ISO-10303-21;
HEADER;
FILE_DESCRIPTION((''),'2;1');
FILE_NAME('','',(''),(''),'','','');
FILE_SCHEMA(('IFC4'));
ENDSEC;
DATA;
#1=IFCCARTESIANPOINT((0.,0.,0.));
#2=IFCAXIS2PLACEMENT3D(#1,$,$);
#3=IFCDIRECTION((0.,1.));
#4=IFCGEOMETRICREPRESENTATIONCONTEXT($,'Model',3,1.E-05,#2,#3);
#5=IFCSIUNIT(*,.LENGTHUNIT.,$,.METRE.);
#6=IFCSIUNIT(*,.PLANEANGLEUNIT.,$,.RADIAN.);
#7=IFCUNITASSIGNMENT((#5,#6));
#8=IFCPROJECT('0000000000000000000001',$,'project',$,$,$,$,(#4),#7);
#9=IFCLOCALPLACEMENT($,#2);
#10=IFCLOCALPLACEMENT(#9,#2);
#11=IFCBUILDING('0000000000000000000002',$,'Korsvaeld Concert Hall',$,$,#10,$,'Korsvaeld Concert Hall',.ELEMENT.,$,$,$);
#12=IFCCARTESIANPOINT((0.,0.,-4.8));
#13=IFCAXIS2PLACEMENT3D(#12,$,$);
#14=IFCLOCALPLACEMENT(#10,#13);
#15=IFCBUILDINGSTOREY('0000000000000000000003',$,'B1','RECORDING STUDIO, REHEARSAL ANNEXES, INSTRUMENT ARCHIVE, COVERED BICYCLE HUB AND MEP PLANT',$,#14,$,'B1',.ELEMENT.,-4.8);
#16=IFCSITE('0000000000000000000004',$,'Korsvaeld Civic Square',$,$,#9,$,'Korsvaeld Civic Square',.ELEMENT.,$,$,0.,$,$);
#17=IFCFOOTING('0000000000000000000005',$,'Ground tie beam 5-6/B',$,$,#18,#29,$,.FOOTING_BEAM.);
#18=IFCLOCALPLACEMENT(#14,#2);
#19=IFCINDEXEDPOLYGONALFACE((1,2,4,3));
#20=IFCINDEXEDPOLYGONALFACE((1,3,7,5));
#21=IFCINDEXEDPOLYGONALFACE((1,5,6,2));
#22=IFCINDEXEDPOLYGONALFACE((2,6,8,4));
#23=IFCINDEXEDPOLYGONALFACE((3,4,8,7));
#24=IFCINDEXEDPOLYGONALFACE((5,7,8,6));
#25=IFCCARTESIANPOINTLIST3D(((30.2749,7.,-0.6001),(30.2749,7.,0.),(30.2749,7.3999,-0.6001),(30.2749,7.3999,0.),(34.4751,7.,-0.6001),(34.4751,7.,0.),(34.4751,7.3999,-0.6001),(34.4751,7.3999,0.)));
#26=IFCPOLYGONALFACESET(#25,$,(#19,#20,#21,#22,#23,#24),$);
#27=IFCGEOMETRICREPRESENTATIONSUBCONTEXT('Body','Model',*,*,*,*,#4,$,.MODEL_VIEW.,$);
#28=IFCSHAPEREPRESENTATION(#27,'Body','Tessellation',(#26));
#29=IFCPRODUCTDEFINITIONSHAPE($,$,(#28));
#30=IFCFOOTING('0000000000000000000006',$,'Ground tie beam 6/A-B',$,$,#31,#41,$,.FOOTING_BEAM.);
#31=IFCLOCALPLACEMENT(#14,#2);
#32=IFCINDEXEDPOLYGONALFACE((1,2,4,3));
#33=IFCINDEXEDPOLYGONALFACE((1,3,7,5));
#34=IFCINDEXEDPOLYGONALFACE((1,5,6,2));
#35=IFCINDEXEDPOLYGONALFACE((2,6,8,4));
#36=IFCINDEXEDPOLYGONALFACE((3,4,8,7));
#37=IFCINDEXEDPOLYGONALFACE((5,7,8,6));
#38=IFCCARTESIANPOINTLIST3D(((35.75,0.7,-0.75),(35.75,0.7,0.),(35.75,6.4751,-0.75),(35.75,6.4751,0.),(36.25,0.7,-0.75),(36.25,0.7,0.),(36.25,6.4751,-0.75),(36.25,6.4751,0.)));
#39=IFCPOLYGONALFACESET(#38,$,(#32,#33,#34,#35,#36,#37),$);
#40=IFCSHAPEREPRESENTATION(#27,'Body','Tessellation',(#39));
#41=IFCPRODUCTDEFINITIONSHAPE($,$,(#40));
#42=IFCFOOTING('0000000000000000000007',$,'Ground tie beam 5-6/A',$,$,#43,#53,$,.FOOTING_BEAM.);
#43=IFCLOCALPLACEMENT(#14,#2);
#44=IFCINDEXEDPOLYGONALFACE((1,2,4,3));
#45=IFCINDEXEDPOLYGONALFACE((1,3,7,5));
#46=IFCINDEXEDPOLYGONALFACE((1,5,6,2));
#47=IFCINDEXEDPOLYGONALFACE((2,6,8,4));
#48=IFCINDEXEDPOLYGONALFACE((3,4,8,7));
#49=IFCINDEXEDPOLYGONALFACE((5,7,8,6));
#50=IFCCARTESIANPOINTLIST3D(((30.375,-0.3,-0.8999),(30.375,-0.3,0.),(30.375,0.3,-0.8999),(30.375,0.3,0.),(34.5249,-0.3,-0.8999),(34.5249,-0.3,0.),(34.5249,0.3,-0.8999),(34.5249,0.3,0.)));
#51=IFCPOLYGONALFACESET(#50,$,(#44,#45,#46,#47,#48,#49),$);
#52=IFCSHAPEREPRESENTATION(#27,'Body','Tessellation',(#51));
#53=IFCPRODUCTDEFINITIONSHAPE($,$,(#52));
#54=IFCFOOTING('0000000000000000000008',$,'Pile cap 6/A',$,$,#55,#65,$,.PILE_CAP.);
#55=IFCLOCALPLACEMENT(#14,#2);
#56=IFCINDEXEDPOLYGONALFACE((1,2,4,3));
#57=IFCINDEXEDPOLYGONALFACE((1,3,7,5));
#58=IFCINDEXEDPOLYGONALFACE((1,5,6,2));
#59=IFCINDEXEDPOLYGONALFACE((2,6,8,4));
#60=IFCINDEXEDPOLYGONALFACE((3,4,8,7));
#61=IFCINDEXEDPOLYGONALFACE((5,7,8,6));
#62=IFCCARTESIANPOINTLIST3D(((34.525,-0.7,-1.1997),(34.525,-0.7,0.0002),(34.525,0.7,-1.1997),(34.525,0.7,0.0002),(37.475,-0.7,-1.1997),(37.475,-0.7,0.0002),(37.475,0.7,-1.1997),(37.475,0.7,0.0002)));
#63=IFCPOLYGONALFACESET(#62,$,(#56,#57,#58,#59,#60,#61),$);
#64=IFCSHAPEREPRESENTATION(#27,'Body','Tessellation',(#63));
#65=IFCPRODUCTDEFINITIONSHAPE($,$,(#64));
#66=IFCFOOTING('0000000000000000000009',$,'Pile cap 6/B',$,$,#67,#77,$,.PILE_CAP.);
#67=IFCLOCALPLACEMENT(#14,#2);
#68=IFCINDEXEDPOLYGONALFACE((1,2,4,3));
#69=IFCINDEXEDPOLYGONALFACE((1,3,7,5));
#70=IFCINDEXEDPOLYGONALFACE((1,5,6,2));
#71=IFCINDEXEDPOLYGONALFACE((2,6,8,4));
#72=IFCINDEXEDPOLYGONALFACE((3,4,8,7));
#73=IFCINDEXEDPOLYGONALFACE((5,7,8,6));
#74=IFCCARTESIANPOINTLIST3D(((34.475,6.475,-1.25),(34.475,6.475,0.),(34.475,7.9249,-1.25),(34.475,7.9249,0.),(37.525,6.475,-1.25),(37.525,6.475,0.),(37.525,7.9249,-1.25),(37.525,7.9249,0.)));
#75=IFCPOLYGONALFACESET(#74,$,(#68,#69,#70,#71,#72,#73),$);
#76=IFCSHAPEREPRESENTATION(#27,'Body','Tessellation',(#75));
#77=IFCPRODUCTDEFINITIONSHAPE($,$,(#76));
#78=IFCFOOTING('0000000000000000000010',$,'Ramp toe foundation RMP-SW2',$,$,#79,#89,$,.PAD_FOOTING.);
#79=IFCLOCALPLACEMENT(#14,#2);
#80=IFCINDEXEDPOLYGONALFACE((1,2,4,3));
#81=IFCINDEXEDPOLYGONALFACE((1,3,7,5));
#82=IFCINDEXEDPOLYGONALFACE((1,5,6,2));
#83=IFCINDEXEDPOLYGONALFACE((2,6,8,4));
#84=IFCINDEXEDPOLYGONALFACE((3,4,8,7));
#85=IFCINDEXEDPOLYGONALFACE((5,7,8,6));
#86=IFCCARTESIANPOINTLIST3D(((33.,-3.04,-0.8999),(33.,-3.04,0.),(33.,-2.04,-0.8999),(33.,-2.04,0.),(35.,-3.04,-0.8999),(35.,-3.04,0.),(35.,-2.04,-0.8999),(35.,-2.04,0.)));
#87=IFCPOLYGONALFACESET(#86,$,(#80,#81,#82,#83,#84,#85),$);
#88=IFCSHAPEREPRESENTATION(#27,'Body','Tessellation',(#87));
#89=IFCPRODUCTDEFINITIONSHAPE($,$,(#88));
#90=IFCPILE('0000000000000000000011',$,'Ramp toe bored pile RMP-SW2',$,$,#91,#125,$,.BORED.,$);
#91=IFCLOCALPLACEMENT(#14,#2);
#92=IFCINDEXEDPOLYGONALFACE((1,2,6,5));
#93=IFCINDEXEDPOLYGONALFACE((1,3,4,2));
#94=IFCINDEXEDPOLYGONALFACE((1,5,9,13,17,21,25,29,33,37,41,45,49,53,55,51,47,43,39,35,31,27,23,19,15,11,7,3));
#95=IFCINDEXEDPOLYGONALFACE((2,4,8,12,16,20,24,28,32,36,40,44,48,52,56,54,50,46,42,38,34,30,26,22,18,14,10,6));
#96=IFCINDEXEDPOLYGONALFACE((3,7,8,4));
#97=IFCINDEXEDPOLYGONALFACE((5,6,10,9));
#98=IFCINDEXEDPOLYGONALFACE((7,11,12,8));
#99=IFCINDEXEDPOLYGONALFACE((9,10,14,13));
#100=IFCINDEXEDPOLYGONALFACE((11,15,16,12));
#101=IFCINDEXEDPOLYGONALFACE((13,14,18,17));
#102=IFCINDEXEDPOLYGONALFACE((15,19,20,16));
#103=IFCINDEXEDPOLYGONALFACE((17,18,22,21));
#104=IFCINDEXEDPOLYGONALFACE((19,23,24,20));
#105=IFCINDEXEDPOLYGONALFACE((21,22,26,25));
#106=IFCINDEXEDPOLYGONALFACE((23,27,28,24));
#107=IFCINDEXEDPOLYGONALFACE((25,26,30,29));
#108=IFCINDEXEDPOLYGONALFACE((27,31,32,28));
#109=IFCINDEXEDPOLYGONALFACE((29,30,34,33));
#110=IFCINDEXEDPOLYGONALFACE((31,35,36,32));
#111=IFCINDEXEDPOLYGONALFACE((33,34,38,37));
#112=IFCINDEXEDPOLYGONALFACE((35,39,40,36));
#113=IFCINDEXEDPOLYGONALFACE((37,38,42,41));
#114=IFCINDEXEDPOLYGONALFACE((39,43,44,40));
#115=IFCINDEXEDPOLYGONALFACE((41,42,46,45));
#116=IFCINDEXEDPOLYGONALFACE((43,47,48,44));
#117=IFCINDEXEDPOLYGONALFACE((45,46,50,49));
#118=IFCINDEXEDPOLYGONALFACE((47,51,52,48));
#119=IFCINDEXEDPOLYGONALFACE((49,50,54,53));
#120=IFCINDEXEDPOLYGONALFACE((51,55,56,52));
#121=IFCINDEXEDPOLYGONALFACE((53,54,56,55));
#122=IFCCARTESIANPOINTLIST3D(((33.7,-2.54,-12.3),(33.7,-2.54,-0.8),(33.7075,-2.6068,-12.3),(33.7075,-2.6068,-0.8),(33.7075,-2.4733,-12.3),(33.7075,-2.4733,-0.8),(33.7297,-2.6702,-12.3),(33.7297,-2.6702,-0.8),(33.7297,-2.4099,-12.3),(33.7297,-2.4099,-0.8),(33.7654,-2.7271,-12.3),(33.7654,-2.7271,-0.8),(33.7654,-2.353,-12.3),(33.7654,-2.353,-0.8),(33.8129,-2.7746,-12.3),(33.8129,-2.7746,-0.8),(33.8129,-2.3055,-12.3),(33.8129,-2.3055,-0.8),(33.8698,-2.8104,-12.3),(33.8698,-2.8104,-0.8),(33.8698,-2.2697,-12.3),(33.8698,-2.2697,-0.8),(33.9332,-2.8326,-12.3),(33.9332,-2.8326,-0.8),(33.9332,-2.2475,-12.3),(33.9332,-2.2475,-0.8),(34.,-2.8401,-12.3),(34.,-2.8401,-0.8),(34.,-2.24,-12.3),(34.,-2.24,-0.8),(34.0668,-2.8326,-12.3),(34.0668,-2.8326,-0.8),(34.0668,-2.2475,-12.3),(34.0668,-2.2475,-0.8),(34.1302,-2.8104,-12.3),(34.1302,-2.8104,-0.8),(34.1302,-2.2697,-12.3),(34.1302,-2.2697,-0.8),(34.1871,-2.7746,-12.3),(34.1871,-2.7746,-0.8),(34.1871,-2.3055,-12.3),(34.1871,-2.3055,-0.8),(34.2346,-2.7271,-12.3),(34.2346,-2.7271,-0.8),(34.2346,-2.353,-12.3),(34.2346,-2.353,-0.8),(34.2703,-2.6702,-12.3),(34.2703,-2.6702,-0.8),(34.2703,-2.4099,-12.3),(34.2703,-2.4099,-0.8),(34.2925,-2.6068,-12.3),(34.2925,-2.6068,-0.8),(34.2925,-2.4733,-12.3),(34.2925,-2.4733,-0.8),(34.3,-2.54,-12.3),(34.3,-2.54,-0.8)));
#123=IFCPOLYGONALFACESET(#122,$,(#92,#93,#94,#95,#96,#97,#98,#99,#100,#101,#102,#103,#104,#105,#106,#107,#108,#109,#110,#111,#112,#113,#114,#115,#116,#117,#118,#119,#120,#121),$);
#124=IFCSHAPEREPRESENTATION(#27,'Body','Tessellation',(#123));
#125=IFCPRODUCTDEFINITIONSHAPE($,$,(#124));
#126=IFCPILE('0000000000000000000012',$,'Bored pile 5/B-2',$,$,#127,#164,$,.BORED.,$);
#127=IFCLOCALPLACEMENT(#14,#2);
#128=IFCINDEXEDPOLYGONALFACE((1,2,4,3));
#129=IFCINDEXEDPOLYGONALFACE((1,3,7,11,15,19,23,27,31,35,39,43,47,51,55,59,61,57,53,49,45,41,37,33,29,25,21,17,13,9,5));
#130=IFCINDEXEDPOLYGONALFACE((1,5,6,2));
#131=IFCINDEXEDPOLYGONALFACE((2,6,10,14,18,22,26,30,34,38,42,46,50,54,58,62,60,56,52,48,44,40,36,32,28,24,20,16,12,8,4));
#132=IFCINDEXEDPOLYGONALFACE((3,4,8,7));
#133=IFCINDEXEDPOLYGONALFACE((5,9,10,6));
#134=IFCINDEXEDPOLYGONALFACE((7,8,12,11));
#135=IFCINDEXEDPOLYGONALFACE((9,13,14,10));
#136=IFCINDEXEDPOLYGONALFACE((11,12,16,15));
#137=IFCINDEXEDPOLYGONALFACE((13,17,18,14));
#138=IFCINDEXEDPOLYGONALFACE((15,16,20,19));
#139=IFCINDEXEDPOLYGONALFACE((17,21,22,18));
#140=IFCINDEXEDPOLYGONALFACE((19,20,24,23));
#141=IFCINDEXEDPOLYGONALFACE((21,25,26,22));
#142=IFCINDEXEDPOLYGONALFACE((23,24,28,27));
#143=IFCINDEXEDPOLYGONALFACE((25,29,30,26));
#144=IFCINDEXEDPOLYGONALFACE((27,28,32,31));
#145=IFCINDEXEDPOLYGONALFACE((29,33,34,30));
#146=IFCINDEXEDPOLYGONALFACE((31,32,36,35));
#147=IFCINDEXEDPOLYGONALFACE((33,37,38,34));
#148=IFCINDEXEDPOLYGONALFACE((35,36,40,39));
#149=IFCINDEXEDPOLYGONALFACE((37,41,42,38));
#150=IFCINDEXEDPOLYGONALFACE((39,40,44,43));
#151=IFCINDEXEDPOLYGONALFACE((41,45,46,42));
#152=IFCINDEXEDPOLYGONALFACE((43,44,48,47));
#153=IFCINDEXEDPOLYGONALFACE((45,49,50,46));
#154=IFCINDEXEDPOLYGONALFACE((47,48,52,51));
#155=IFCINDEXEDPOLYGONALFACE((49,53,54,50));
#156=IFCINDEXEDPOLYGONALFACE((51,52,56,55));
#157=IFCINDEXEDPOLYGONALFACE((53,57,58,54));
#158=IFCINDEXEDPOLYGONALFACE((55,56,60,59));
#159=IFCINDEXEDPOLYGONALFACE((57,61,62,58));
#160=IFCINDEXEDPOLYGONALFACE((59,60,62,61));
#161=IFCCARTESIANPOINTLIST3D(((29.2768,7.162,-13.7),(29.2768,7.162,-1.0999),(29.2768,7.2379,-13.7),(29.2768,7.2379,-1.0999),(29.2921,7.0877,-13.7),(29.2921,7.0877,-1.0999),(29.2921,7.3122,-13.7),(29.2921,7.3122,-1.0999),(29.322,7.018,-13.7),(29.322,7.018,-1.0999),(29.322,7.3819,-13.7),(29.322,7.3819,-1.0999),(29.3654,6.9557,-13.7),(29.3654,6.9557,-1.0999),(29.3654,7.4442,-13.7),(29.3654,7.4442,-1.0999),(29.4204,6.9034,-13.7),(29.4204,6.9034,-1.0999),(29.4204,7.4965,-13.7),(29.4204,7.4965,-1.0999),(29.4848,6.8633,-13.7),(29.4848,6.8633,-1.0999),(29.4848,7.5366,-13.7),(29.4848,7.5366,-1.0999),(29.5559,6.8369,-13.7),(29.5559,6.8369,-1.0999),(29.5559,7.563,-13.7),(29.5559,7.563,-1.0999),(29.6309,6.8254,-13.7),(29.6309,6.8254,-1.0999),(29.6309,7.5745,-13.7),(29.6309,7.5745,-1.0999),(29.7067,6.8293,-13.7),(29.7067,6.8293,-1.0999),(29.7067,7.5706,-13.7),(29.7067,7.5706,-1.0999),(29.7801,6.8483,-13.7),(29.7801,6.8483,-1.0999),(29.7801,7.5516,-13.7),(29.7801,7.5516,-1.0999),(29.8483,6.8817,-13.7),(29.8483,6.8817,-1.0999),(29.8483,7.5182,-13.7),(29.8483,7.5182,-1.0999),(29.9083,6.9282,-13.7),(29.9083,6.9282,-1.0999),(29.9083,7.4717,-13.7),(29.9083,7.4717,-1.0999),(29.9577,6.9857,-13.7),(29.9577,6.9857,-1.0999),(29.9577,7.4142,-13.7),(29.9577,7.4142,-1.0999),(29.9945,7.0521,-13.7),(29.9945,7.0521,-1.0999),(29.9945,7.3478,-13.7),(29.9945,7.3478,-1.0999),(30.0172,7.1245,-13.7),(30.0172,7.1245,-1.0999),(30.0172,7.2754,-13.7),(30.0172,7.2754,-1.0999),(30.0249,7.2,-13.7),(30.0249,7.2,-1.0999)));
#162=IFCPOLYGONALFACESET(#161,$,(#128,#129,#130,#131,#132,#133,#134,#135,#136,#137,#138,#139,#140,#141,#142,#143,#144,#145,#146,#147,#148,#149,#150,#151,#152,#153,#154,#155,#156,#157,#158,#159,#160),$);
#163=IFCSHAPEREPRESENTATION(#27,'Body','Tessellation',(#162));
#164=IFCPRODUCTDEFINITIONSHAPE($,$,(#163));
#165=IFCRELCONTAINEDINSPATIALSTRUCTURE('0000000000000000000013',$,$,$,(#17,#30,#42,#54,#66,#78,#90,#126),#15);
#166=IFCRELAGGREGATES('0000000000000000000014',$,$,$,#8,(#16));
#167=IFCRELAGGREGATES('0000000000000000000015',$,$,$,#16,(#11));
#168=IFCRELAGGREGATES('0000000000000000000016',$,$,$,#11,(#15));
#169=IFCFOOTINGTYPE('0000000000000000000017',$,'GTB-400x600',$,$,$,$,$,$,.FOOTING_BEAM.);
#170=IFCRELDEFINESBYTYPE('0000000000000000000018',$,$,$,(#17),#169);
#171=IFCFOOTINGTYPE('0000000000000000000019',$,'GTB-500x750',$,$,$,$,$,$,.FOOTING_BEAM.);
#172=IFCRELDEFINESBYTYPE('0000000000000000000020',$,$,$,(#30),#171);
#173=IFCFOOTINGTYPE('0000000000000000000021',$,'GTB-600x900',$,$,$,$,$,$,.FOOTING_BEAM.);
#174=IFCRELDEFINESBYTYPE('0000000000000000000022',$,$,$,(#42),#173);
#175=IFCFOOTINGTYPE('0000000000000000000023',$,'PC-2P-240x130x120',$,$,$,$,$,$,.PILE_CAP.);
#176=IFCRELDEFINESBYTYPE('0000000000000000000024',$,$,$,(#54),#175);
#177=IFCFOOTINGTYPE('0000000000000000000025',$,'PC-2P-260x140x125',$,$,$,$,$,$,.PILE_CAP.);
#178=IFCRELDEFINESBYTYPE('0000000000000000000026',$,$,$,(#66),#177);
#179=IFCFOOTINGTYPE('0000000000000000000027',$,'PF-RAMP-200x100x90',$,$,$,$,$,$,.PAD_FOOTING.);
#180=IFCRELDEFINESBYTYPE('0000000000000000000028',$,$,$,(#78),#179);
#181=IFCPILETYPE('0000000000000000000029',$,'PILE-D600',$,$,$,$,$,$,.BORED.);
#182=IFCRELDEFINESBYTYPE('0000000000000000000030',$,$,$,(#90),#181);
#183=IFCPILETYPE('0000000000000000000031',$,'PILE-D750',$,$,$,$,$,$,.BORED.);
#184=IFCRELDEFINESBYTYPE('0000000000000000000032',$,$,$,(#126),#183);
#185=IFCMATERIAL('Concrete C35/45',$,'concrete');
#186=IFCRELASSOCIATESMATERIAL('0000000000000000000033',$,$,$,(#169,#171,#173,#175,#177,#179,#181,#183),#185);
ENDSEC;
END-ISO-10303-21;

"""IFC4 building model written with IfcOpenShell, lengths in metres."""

from ifc_helpers import new_model, si_unit, direction, frame, origin, origin_2d, place, context, subcontext, project, spatial, rectangle, circle, extrude, material, material_profile, profile_set, type_object, element, save


model = new_model("IFC4")

# Units and contexts
model_context = context("Model", 3, precision=1e-05, world=origin(), true_north=direction((0.0, 1.0)))
body_context = subcontext(model_context, "Body", "Model", "MODEL_VIEW")
ifc_project = project(units=[si_unit("LENGTHUNIT", "METRE"), si_unit("PLANEANGLEUNIT", "RADIAN")], contexts=[model_context])

# Site, building, storey
site_placement = place(None, origin())
site = spatial("IfcSite", under=ifc_project, at=site_placement, Name="Korsvaeld Civic Square", LongName="Korsvaeld Civic Square", CompositionType="ELEMENT", RefElevation=0.0)
building_placement = place(site_placement, origin())
building = spatial("IfcBuilding", under=site, at=building_placement, Name="Korsvaeld Concert Hall", LongName="Korsvaeld Concert Hall", CompositionType="ELEMENT")
storey_placement = place(building_placement, frame((0.0, 0.0, -4.8)))
storey = spatial("IfcBuildingStorey", under=building, at=storey_placement, Name="B1", Description="RECORDING STUDIO, REHEARSAL ANNEXES, INSTRUMENT ARCHIVE, COVERED BICYCLE HUB AND MEP PLANT", LongName="B1", CompositionType="ELEMENT", Elevation=-4.8)

# Footings
ifc_material_1 = material(Name="Concrete C35/45", Category="concrete")
ifc_material_profile_1 = material_profile(ifc_material_1, rectangle(XDim=0.3999, YDim=0.6001, at=origin_2d()), Name="GTB 400x600")
ifc_profile_set_1 = profile_set([ifc_material_profile_1], Name="Concrete C35/45")
footing_type_1 = type_object("IfcFootingType", Name="GTB-400x600", PredefinedType="FOOTING_BEAM", material=ifc_profile_set_1)
footing_1_placement = place(storey_placement, frame((30.2749, 7.2, -0.3), z_axis=(1.0, 0.0, 0.0), x_axis=(0.0, 1.0, 0.0)))
element("IfcFooting", 1, at=footing_1_placement, inside=storey, type_object=footing_type_1, Name="Ground tie beam 5-6/B", PredefinedType="FOOTING_BEAM", context=body_context, shape_type="SweptSolid", body=[
    extrude(rectangle(XDim=0.3999, YDim=0.6001, at=origin_2d()), origin(), (0.0, 0.0, 1.0), 4.2002),
])
ifc_material_profile_2 = material_profile(ifc_material_1, rectangle(XDim=0.5, YDim=0.75, at=origin_2d()), Name="GTB 500x750")
ifc_profile_set_2 = profile_set([ifc_material_profile_2], Name="Concrete C35/45")
footing_type_2 = type_object("IfcFootingType", Name="GTB-500x750", PredefinedType="FOOTING_BEAM", material=ifc_profile_set_2)
footing_2_placement = place(storey_placement, frame((36.0, 0.7, -0.375), z_axis=(0.0, 1.0, 0.0), x_axis=(-1.0, 0.0, 0.0)))
element("IfcFooting", 2, at=footing_2_placement, inside=storey, type_object=footing_type_2, Name="Ground tie beam 6/A-B", PredefinedType="FOOTING_BEAM", context=body_context, shape_type="SweptSolid", body=[
    extrude(rectangle(XDim=0.5, YDim=0.75, at=origin_2d()), origin(), (0.0, 0.0, 1.0), 5.7751),
])
ifc_material_profile_3 = material_profile(ifc_material_1, rectangle(XDim=0.6001, YDim=0.8999, at=origin_2d()), Name="GTB 600x900")
ifc_profile_set_3 = profile_set([ifc_material_profile_3], Name="Concrete C35/45")
footing_type_3 = type_object("IfcFootingType", Name="GTB-600x900", PredefinedType="FOOTING_BEAM", material=ifc_profile_set_3)
footing_3_placement = place(storey_placement, frame((30.375, 0.0, -0.45), z_axis=(1.0, 0.0, 0.0), x_axis=(0.0, 1.0, 0.0)))
element("IfcFooting", 3, at=footing_3_placement, inside=storey, type_object=footing_type_3, Name="Ground tie beam 5-6/A", PredefinedType="FOOTING_BEAM", context=body_context, shape_type="SweptSolid", body=[
    extrude(rectangle(XDim=0.6001, YDim=0.8999, at=origin_2d()), origin(), (0.0, 0.0, 1.0), 4.1499),
])
footing_type_4 = type_object("IfcFootingType", Name="PC-2P-240x130x120", PredefinedType="PILE_CAP", material=ifc_material_1)
footing_4_placement = place(storey_placement, frame((36.0, 0.0, -1.1997), z_axis=(0.0, 0.0, 1.0), x_axis=(1.0, 0.0, 0.0)))
element("IfcFooting", 4, at=footing_4_placement, inside=storey, type_object=footing_type_4, Name="Pile cap 6/A", PredefinedType="PILE_CAP", context=body_context, shape_type="SweptSolid", body=[
    extrude(rectangle(XDim=2.95, YDim=1.3999, at=origin_2d()), origin(), (0.0, 0.0, 1.0), 1.2),
])
footing_type_5 = type_object("IfcFootingType", Name="PC-2P-260x140x125", PredefinedType="PILE_CAP", material=ifc_material_1)
footing_5_placement = place(storey_placement, frame((36.0, 7.2, -1.25), z_axis=(0.0, 0.0, 1.0), x_axis=(1.0, 0.0, 0.0)))
element("IfcFooting", 5, at=footing_5_placement, inside=storey, type_object=footing_type_5, Name="Pile cap 6/B", PredefinedType="PILE_CAP", context=body_context, shape_type="SweptSolid", body=[
    extrude(rectangle(XDim=3.05, YDim=1.45, at=origin_2d()), origin(), (0.0, 0.0, 1.0), 1.25),
])
footing_type_6 = type_object("IfcFootingType", Name="PF-RAMP-200x100x90", PredefinedType="PAD_FOOTING", material=ifc_material_1)
footing_6_placement = place(storey_placement, frame((34.0, -2.54, -0.8999), z_axis=(0.0, 0.0, 1.0), x_axis=(1.0, 0.0, 0.0)))
element("IfcFooting", 6, at=footing_6_placement, inside=storey, type_object=footing_type_6, Name="Ramp toe foundation RMP-SW2", PredefinedType="PAD_FOOTING", context=body_context, shape_type="SweptSolid", body=[
    extrude(rectangle(XDim=2.0, YDim=1.0, at=origin_2d()), origin(), (0.0, 0.0, 1.0), 0.8999),
])

# Piles
ifc_material_profile_4 = material_profile(ifc_material_1, circle(Radius=0.3, at=origin_2d()), Name="BORED PILE D600")
ifc_profile_set_4 = profile_set([ifc_material_profile_4], Name="Concrete C35/45")
pile_type_1 = type_object("IfcPileType", Name="PILE-D600", PredefinedType="BORED", material=ifc_profile_set_4)
pile_1_placement = place(storey_placement, frame((34.0, -2.54, -0.8), z_axis=(0.0, 0.0, -1.0), x_axis=(1.0, 0.0, 0.0)))
element("IfcPile", 7, at=pile_1_placement, inside=storey, type_object=pile_type_1, Name="Ramp toe bored pile RMP-SW2", PredefinedType="BORED", context=body_context, shape_type="SweptSolid", body=[
    extrude(circle(Radius=0.3, at=origin_2d()), origin(), (0.0, 0.0, 1.0), 11.5),
])
ifc_material_profile_5 = material_profile(ifc_material_1, circle(Radius=0.375, at=origin_2d()), Name="BORED PILE D750")
ifc_profile_set_5 = profile_set([ifc_material_profile_5], Name="Concrete C35/45")
pile_type_2 = type_object("IfcPileType", Name="PILE-D750", PredefinedType="BORED", material=ifc_profile_set_5)
for number, where, z_axis, x_axis, name in (
    (8, (29.6499, 7.2, -1.0999), (0.0, 0.0, -1.0), (1.0, 0.0, 0.0), "Bored pile 5/B-2"),
):
    element("IfcPile", number, at=place(storey_placement, frame(where, z_axis=z_axis, x_axis=x_axis)), inside=storey, type_object=pile_type_2, Name=name, PredefinedType="BORED", context=body_context, shape_type="SweptSolid", body=[
        extrude(circle(Radius=0.375, at=origin_2d()), origin(), (0.0, 0.0, 1.0), 12.6001),
    ])

save(model, "model.ifc")
